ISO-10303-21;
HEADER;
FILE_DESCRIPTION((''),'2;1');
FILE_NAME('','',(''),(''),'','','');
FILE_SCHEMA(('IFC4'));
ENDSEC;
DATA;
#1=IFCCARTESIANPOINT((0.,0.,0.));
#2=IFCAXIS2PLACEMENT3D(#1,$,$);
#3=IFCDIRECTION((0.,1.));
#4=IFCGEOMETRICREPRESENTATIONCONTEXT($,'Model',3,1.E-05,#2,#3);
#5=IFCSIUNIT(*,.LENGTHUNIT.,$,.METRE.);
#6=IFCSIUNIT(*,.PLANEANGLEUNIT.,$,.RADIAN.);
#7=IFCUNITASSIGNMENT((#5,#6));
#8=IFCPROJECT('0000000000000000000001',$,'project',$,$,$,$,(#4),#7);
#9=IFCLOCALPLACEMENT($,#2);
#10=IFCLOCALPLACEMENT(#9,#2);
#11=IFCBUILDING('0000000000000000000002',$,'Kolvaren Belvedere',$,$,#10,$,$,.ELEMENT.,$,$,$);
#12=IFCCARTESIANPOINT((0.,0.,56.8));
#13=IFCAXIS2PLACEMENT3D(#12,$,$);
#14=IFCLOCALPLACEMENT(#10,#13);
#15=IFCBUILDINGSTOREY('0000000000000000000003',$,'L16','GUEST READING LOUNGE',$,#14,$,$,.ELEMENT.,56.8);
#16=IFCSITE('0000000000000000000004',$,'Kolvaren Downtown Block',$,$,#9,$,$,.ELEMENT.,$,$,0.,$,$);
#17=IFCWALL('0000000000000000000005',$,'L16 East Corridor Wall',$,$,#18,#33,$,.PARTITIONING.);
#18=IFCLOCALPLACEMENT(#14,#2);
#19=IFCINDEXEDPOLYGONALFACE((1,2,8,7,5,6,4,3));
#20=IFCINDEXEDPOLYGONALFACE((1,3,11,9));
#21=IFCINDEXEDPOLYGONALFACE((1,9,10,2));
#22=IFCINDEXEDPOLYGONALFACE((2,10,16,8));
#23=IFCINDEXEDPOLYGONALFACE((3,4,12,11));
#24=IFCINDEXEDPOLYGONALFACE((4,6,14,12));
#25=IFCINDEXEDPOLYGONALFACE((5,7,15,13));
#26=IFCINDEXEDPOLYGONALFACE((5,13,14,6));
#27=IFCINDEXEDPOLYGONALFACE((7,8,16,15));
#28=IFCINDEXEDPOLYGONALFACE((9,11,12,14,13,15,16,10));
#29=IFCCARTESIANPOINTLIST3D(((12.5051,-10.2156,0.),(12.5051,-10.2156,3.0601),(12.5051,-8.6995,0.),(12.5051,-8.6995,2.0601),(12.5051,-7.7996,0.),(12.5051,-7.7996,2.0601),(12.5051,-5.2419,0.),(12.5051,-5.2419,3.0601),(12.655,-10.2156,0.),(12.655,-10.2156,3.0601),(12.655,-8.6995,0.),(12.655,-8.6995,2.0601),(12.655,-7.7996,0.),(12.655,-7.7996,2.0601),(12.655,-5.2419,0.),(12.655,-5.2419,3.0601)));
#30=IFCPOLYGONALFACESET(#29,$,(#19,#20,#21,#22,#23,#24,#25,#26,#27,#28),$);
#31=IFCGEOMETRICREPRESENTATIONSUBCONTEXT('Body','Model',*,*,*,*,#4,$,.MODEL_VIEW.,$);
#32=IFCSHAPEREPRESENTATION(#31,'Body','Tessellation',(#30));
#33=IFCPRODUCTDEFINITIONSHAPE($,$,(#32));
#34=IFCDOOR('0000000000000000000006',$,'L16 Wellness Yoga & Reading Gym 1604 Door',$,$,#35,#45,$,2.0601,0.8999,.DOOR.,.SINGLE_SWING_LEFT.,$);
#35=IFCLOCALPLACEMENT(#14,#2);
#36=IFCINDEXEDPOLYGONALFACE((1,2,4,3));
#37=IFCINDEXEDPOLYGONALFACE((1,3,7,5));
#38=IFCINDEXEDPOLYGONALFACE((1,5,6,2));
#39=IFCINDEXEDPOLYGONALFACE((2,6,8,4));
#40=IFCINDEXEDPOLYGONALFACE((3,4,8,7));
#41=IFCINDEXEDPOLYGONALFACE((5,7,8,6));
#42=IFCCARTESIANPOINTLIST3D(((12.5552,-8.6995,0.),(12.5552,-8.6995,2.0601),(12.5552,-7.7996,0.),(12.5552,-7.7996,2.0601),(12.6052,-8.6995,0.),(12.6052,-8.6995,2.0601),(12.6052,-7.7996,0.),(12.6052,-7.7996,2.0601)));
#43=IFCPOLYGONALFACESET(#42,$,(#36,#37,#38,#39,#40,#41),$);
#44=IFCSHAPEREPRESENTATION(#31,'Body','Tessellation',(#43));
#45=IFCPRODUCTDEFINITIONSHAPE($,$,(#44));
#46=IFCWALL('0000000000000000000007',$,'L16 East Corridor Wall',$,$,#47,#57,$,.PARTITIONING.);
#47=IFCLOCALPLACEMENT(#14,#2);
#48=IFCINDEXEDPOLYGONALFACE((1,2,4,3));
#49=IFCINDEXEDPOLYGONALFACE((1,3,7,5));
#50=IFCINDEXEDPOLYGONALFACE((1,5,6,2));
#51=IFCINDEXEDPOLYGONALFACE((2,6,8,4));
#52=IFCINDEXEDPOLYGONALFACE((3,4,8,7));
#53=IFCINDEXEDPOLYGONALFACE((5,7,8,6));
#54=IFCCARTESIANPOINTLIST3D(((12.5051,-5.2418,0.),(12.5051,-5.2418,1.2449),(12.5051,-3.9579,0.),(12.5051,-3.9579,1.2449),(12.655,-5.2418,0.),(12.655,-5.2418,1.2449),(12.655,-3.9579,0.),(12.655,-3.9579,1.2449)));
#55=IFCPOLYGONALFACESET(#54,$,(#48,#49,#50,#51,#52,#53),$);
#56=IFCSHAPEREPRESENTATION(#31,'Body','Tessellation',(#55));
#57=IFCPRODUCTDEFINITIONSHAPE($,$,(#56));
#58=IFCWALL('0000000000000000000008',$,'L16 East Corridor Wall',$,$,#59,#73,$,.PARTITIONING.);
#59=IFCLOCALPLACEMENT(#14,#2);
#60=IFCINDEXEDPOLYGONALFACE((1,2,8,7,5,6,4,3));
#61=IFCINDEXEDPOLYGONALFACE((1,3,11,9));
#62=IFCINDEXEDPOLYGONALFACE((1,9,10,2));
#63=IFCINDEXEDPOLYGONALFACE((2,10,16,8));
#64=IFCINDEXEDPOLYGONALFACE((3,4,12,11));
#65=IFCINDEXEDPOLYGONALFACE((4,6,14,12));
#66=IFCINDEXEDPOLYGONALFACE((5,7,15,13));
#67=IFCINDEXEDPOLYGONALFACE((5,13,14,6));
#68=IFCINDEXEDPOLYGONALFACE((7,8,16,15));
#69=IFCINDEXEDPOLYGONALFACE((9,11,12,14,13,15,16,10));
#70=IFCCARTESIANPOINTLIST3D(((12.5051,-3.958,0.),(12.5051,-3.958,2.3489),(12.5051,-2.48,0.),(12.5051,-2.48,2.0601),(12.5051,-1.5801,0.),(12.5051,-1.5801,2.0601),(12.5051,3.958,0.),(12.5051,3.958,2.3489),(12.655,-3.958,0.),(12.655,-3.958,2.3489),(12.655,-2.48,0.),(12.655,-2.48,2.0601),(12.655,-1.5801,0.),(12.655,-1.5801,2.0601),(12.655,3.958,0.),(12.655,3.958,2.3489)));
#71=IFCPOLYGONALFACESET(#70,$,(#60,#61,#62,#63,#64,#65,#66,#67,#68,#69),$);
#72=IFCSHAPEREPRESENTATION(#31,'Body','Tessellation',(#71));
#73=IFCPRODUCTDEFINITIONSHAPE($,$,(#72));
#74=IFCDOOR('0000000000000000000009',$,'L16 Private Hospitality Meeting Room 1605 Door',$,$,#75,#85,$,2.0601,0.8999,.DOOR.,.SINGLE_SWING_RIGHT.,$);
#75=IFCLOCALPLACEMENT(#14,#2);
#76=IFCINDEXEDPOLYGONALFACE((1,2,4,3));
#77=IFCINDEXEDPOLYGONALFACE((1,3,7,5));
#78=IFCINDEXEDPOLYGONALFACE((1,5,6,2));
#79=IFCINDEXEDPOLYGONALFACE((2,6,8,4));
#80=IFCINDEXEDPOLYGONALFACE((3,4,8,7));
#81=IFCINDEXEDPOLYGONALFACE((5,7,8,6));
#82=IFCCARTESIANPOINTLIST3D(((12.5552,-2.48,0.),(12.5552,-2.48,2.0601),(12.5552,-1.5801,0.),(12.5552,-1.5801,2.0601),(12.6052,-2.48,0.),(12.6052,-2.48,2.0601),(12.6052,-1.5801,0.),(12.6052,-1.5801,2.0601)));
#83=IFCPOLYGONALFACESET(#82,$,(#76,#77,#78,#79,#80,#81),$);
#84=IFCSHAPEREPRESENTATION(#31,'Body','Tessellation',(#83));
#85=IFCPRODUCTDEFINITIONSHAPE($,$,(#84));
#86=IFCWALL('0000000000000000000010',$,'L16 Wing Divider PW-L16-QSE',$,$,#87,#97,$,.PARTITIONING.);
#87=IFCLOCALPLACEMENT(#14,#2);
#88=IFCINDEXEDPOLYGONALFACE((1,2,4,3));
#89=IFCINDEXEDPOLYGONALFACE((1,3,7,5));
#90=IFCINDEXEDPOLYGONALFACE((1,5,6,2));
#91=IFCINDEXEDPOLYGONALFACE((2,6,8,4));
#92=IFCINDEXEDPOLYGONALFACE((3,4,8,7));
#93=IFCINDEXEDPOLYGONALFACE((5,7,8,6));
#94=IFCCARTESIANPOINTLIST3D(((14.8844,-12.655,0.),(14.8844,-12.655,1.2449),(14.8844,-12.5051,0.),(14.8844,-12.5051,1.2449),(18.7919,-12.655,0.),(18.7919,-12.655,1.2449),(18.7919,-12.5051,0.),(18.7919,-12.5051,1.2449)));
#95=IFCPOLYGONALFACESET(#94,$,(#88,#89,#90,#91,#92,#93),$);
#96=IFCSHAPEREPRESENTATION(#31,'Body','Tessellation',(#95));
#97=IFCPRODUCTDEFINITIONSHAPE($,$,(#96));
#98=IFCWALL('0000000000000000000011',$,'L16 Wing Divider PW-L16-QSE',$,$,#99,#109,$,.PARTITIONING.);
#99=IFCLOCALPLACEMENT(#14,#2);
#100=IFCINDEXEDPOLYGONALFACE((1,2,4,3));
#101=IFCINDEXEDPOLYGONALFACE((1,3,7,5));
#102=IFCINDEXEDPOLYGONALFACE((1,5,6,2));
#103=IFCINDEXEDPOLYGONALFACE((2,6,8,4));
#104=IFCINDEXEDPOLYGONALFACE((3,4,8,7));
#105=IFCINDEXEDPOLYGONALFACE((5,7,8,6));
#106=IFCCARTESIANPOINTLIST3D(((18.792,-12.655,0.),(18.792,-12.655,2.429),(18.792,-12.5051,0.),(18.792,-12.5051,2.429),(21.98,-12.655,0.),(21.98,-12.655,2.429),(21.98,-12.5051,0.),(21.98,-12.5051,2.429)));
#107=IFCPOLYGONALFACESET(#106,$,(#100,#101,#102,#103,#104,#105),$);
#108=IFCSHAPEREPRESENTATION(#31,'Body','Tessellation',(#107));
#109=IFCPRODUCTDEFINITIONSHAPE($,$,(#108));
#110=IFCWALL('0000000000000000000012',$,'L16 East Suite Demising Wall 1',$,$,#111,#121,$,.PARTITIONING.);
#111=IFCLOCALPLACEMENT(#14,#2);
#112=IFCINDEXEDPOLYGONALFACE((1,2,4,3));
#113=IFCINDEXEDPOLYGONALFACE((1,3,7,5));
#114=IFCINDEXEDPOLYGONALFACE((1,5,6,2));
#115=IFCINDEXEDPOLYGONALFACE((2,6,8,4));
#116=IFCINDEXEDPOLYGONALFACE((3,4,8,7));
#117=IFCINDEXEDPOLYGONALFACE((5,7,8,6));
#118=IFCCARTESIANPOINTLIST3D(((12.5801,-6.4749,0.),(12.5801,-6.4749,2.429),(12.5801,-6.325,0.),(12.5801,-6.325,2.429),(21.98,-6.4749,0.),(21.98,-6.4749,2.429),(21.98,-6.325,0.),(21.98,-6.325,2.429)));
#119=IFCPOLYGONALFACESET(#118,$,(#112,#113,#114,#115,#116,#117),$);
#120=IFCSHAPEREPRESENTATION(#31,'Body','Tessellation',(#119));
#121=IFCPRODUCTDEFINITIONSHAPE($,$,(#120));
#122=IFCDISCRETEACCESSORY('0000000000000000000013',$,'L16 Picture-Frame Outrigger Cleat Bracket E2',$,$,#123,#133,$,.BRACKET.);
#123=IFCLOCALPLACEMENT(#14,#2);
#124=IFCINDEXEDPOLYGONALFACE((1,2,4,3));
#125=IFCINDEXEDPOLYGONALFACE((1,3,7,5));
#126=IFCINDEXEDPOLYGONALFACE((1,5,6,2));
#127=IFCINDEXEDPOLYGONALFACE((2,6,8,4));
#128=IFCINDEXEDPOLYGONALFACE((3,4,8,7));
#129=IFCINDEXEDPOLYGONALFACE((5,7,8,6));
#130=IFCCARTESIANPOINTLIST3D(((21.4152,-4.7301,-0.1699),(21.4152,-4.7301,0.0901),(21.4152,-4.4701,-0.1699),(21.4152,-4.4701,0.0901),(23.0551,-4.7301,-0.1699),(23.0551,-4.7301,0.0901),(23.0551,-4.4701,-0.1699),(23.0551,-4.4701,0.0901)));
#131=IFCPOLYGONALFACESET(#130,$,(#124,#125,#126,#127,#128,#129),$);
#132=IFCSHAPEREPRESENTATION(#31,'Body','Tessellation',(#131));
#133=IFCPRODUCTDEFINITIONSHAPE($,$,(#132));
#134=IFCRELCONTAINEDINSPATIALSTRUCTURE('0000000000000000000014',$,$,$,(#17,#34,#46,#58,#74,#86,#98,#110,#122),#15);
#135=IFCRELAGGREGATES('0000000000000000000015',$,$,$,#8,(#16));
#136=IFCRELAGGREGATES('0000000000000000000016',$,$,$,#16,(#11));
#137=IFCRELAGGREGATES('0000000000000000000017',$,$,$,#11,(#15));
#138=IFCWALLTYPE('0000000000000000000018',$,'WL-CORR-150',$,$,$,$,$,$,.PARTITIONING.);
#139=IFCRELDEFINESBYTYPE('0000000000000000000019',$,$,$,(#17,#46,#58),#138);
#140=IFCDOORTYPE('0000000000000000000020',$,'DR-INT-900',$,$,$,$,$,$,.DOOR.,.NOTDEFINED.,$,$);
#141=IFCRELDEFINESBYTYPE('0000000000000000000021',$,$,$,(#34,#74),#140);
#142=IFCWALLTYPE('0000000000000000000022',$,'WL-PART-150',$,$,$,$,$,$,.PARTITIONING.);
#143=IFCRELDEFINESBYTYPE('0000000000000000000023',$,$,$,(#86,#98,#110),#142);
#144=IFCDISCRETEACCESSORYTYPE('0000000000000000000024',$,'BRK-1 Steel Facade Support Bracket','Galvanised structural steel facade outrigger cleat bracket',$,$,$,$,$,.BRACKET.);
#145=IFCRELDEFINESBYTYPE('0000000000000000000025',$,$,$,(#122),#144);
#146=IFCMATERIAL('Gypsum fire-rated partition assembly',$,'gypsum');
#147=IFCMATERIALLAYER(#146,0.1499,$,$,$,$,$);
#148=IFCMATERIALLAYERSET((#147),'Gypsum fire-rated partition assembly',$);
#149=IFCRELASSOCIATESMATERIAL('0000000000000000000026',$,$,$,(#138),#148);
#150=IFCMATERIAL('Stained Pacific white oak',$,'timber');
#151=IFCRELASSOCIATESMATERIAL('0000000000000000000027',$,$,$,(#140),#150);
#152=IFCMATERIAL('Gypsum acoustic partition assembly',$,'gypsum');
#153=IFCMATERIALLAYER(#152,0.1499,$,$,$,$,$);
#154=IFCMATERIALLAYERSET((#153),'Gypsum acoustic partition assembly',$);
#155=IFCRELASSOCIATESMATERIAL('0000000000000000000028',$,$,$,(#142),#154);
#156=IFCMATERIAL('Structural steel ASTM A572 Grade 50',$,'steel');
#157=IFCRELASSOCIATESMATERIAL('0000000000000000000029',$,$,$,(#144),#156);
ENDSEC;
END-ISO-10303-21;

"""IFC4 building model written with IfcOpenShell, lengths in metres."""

from ifc_helpers import new_model, si_unit, direction, frame, frame_2d, origin, origin_2d, place, context, subcontext, project, spatial, rectangle, extrude, material, layer, layer_set, type_object, element, fill, save


model = new_model("IFC4")

# Units and contexts
model_context = context("Model", 3, precision=1e-05, world=origin(), true_north=direction((0.0, 1.0)))
body_context = subcontext(model_context, "Body", "Model", "MODEL_VIEW")
ifc_project = project(units=[si_unit("LENGTHUNIT", "METRE"), si_unit("PLANEANGLEUNIT", "RADIAN")], contexts=[model_context])

# Site, building, storey
site_placement = place(None, origin())
site = spatial("IfcSite", under=ifc_project, at=site_placement, Name="Kolvaren Downtown Block", CompositionType="ELEMENT", RefElevation=0.0)
building_placement = place(site_placement, origin())
building = spatial("IfcBuilding", under=site, at=building_placement, Name="Kolvaren Belvedere", CompositionType="ELEMENT")
storey_placement = place(building_placement, frame((0.0, 0.0, 56.8)))
storey = spatial("IfcBuildingStorey", under=building, at=storey_placement, Name="L16", Description="GUEST READING LOUNGE", CompositionType="ELEMENT", Elevation=56.8)

# Shared definitions
ifc_material_1 = material(Name="Gypsum fire-rated partition assembly", Category="gypsum")
ifc_layer_1 = layer(ifc_material_1, 0.1499)
ifc_layer_set_1 = layer_set([ifc_layer_1], Name="Gypsum fire-rated partition assembly")
wall_type_1 = type_object("IfcWallType", Name="WL-CORR-150", PredefinedType="PARTITIONING", material=ifc_layer_set_1)

# Wall, opening, door
wall_1_placement = place(storey_placement, frame((12.5801, -10.2156, 0.0), z_axis=(0.0, 0.0, 1.0), x_axis=(0.0, 1.0, 0.0)))
wall_1 = element("IfcWall", 1, at=wall_1_placement, inside=storey, type_object=wall_type_1, Name="L16 East Corridor Wall", PredefinedType="PARTITIONING", context=body_context, shape_type="SweptSolid", body=[
    extrude(rectangle(XDim=4.9736, YDim=0.1499, at=frame_2d((2.4868, 0.0))), origin(), (0.0, 0.0, 1.0), 3.0601),
])
opening_1_placement = place(wall_1_placement, frame((1.5161, 0.0, 0.0)))
opening_1 = element("IfcOpeningElement", 2, at=opening_1_placement, cuts=wall_1, PredefinedType="OPENING", context=body_context, shape_type="SweptSolid", body=[
    extrude(rectangle(XDim=0.8999, YDim=2.0601, at=frame_2d((0.45, 1.03))), frame((0.0, 0.085, 0.0), z_axis=(0.0, -1.0, 0.0), x_axis=(1.0, 0.0, 0.0)), (0.0, 0.0, 1.0), 0.1699),
])
ifc_material_2 = material(Name="Stained Pacific white oak", Category="timber")
door_type = type_object("IfcDoorType", Name="DR-INT-900", OperationType="NOTDEFINED", PredefinedType="DOOR", material=ifc_material_2)
door_1_placement = place(opening_1_placement, origin())
door_1 = element("IfcDoor", 3, at=door_1_placement, inside=storey, type_object=door_type, Name="L16 Wellness Yoga & Reading Gym 1604 Door", OperationType="SINGLE_SWING_LEFT", OverallHeight=2.0601, OverallWidth=0.8999, PredefinedType="DOOR", context=body_context, shape_type="SweptSolid", body=[
    extrude(rectangle(XDim=0.8999, YDim=2.0601, at=frame_2d((0.45, 1.03))), frame((0.0, 0.0249, 0.0), z_axis=(0.0, -1.0, 0.0), x_axis=(1.0, 0.0, 0.0)), (0.0, 0.0, 1.0), 0.05),
])
fill(opening_1, door_1)

# Wall
wall_2_placement = place(storey_placement, frame((12.5801, -5.2419, 0.0), z_axis=(0.0, 0.0, 1.0), x_axis=(0.0, 1.0, 0.0)))
element("IfcWall", 4, at=wall_2_placement, inside=storey, type_object=wall_type_1, Name="L16 East Corridor Wall", PredefinedType="PARTITIONING", context=body_context, shape_type="SweptSolid", body=[
    extrude(rectangle(XDim=1.2839, YDim=0.1499, at=frame_2d((0.6421, 0.0))), origin(), (0.0, 0.0, 1.0), 1.2449),
])

# Wall, opening, door
wall_3_placement = place(storey_placement, frame((12.5801, -3.958, 0.0), z_axis=(0.0, 0.0, 1.0), x_axis=(0.0, 1.0, 0.0)))
wall_3 = element("IfcWall", 5, at=wall_3_placement, inside=storey, type_object=wall_type_1, Name="L16 East Corridor Wall", PredefinedType="PARTITIONING", context=body_context, shape_type="SweptSolid", body=[
    extrude(rectangle(XDim=7.916, YDim=0.1499, at=frame_2d((3.958, 0.0))), origin(), (0.0, 0.0, 1.0), 2.3489),
])
opening_2_placement = place(wall_3_placement, frame((1.478, 0.0, 0.0)))
opening_2 = element("IfcOpeningElement", 6, at=opening_2_placement, cuts=wall_3, PredefinedType="OPENING", context=body_context, shape_type="SweptSolid", body=[
    extrude(rectangle(XDim=0.8999, YDim=2.0601, at=frame_2d((0.45, 1.03))), frame((0.0, 0.085, 0.0), z_axis=(0.0, -1.0, 0.0), x_axis=(1.0, 0.0, 0.0)), (0.0, 0.0, 1.0), 0.1699),
])
door_2_placement = place(opening_2_placement, origin())
door_2 = element("IfcDoor", 7, at=door_2_placement, inside=storey, type_object=door_type, Name="L16 Private Hospitality Meeting Room 1605 Door", OperationType="SINGLE_SWING_RIGHT", OverallHeight=2.0601, OverallWidth=0.8999, PredefinedType="DOOR", context=body_context, shape_type="SweptSolid", body=[
    extrude(rectangle(XDim=0.8999, YDim=2.0601, at=frame_2d((0.45, 1.03))), frame((0.0, 0.0249, 0.0), z_axis=(0.0, -1.0, 0.0), x_axis=(1.0, 0.0, 0.0)), (0.0, 0.0, 1.0), 0.05),
])
fill(opening_2, door_2)

# Walls
ifc_material_3 = material(Name="Gypsum acoustic partition assembly", Category="gypsum")
ifc_layer_2 = layer(ifc_material_3, 0.1499)
ifc_layer_set_2 = layer_set([ifc_layer_2], Name="Gypsum acoustic partition assembly")
wall_type_2 = type_object("IfcWallType", Name="WL-PART-150", PredefinedType="PARTITIONING", material=ifc_layer_set_2)
wall_4_placement = place(storey_placement, frame((14.8845, -12.5801, 0.0), z_axis=(0.0, 0.0, 1.0), x_axis=(1.0, 0.0, 0.0)))
element("IfcWall", 8, at=wall_4_placement, inside=storey, type_object=wall_type_2, Name="L16 Wing Divider PW-L16-QSE", PredefinedType="PARTITIONING", context=body_context, shape_type="SweptSolid", body=[
    extrude(rectangle(XDim=3.9075, YDim=0.1499, at=frame_2d((1.9536, 0.0))), origin(), (0.0, 0.0, 1.0), 1.2449),
])
wall_5_placement = place(storey_placement, frame((18.792, -12.5801, 0.0), z_axis=(0.0, 0.0, 1.0), x_axis=(1.0, 0.0, 0.0)))
element("IfcWall", 9, at=wall_5_placement, inside=storey, type_object=wall_type_2, Name="L16 Wing Divider PW-L16-QSE", PredefinedType="PARTITIONING", context=body_context, shape_type="SweptSolid", body=[
    extrude(rectangle(XDim=3.188, YDim=0.1499, at=frame_2d((1.594, 0.0))), origin(), (0.0, 0.0, 1.0), 2.429),
])
wall_6_placement = place(storey_placement, frame((12.5801, -6.3999, 0.0), z_axis=(0.0, 0.0, 1.0), x_axis=(1.0, 0.0, 0.0)))
element("IfcWall", 10, at=wall_6_placement, inside=storey, type_object=wall_type_2, Name="L16 East Suite Demising Wall 1", PredefinedType="PARTITIONING", context=body_context, shape_type="SweptSolid", body=[
    extrude(rectangle(XDim=9.3999, YDim=0.1499, at=frame_2d((4.7, 0.0))), origin(), (0.0, 0.0, 1.0), 2.429),
])

# Discrete accessory
ifc_material_4 = material(Name="Structural steel ASTM A572 Grade 50", Category="steel")
discrete_accessory_type = type_object("IfcDiscreteAccessoryType", Name="BRK-1 Steel Facade Support Bracket", Description="Galvanised structural steel facade outrigger cleat bracket", PredefinedType="BRACKET", material=ifc_material_4)
discrete_accessory_placement = place(storey_placement, frame((22.2351, -4.6001, -0.1699), z_axis=(0.0, 0.0, 1.0), x_axis=(1.0, 0.0, 0.0)))
element("IfcDiscreteAccessory", 11, at=discrete_accessory_placement, inside=storey, type_object=discrete_accessory_type, Name="L16 Picture-Frame Outrigger Cleat Bracket E2", PredefinedType="BRACKET", context=body_context, shape_type="SweptSolid", body=[
    extrude(rectangle(XDim=1.6399, YDim=0.26, at=origin_2d()), origin(), (0.0, 0.0, 1.0), 0.26),
])

save(model, "model.ifc")
